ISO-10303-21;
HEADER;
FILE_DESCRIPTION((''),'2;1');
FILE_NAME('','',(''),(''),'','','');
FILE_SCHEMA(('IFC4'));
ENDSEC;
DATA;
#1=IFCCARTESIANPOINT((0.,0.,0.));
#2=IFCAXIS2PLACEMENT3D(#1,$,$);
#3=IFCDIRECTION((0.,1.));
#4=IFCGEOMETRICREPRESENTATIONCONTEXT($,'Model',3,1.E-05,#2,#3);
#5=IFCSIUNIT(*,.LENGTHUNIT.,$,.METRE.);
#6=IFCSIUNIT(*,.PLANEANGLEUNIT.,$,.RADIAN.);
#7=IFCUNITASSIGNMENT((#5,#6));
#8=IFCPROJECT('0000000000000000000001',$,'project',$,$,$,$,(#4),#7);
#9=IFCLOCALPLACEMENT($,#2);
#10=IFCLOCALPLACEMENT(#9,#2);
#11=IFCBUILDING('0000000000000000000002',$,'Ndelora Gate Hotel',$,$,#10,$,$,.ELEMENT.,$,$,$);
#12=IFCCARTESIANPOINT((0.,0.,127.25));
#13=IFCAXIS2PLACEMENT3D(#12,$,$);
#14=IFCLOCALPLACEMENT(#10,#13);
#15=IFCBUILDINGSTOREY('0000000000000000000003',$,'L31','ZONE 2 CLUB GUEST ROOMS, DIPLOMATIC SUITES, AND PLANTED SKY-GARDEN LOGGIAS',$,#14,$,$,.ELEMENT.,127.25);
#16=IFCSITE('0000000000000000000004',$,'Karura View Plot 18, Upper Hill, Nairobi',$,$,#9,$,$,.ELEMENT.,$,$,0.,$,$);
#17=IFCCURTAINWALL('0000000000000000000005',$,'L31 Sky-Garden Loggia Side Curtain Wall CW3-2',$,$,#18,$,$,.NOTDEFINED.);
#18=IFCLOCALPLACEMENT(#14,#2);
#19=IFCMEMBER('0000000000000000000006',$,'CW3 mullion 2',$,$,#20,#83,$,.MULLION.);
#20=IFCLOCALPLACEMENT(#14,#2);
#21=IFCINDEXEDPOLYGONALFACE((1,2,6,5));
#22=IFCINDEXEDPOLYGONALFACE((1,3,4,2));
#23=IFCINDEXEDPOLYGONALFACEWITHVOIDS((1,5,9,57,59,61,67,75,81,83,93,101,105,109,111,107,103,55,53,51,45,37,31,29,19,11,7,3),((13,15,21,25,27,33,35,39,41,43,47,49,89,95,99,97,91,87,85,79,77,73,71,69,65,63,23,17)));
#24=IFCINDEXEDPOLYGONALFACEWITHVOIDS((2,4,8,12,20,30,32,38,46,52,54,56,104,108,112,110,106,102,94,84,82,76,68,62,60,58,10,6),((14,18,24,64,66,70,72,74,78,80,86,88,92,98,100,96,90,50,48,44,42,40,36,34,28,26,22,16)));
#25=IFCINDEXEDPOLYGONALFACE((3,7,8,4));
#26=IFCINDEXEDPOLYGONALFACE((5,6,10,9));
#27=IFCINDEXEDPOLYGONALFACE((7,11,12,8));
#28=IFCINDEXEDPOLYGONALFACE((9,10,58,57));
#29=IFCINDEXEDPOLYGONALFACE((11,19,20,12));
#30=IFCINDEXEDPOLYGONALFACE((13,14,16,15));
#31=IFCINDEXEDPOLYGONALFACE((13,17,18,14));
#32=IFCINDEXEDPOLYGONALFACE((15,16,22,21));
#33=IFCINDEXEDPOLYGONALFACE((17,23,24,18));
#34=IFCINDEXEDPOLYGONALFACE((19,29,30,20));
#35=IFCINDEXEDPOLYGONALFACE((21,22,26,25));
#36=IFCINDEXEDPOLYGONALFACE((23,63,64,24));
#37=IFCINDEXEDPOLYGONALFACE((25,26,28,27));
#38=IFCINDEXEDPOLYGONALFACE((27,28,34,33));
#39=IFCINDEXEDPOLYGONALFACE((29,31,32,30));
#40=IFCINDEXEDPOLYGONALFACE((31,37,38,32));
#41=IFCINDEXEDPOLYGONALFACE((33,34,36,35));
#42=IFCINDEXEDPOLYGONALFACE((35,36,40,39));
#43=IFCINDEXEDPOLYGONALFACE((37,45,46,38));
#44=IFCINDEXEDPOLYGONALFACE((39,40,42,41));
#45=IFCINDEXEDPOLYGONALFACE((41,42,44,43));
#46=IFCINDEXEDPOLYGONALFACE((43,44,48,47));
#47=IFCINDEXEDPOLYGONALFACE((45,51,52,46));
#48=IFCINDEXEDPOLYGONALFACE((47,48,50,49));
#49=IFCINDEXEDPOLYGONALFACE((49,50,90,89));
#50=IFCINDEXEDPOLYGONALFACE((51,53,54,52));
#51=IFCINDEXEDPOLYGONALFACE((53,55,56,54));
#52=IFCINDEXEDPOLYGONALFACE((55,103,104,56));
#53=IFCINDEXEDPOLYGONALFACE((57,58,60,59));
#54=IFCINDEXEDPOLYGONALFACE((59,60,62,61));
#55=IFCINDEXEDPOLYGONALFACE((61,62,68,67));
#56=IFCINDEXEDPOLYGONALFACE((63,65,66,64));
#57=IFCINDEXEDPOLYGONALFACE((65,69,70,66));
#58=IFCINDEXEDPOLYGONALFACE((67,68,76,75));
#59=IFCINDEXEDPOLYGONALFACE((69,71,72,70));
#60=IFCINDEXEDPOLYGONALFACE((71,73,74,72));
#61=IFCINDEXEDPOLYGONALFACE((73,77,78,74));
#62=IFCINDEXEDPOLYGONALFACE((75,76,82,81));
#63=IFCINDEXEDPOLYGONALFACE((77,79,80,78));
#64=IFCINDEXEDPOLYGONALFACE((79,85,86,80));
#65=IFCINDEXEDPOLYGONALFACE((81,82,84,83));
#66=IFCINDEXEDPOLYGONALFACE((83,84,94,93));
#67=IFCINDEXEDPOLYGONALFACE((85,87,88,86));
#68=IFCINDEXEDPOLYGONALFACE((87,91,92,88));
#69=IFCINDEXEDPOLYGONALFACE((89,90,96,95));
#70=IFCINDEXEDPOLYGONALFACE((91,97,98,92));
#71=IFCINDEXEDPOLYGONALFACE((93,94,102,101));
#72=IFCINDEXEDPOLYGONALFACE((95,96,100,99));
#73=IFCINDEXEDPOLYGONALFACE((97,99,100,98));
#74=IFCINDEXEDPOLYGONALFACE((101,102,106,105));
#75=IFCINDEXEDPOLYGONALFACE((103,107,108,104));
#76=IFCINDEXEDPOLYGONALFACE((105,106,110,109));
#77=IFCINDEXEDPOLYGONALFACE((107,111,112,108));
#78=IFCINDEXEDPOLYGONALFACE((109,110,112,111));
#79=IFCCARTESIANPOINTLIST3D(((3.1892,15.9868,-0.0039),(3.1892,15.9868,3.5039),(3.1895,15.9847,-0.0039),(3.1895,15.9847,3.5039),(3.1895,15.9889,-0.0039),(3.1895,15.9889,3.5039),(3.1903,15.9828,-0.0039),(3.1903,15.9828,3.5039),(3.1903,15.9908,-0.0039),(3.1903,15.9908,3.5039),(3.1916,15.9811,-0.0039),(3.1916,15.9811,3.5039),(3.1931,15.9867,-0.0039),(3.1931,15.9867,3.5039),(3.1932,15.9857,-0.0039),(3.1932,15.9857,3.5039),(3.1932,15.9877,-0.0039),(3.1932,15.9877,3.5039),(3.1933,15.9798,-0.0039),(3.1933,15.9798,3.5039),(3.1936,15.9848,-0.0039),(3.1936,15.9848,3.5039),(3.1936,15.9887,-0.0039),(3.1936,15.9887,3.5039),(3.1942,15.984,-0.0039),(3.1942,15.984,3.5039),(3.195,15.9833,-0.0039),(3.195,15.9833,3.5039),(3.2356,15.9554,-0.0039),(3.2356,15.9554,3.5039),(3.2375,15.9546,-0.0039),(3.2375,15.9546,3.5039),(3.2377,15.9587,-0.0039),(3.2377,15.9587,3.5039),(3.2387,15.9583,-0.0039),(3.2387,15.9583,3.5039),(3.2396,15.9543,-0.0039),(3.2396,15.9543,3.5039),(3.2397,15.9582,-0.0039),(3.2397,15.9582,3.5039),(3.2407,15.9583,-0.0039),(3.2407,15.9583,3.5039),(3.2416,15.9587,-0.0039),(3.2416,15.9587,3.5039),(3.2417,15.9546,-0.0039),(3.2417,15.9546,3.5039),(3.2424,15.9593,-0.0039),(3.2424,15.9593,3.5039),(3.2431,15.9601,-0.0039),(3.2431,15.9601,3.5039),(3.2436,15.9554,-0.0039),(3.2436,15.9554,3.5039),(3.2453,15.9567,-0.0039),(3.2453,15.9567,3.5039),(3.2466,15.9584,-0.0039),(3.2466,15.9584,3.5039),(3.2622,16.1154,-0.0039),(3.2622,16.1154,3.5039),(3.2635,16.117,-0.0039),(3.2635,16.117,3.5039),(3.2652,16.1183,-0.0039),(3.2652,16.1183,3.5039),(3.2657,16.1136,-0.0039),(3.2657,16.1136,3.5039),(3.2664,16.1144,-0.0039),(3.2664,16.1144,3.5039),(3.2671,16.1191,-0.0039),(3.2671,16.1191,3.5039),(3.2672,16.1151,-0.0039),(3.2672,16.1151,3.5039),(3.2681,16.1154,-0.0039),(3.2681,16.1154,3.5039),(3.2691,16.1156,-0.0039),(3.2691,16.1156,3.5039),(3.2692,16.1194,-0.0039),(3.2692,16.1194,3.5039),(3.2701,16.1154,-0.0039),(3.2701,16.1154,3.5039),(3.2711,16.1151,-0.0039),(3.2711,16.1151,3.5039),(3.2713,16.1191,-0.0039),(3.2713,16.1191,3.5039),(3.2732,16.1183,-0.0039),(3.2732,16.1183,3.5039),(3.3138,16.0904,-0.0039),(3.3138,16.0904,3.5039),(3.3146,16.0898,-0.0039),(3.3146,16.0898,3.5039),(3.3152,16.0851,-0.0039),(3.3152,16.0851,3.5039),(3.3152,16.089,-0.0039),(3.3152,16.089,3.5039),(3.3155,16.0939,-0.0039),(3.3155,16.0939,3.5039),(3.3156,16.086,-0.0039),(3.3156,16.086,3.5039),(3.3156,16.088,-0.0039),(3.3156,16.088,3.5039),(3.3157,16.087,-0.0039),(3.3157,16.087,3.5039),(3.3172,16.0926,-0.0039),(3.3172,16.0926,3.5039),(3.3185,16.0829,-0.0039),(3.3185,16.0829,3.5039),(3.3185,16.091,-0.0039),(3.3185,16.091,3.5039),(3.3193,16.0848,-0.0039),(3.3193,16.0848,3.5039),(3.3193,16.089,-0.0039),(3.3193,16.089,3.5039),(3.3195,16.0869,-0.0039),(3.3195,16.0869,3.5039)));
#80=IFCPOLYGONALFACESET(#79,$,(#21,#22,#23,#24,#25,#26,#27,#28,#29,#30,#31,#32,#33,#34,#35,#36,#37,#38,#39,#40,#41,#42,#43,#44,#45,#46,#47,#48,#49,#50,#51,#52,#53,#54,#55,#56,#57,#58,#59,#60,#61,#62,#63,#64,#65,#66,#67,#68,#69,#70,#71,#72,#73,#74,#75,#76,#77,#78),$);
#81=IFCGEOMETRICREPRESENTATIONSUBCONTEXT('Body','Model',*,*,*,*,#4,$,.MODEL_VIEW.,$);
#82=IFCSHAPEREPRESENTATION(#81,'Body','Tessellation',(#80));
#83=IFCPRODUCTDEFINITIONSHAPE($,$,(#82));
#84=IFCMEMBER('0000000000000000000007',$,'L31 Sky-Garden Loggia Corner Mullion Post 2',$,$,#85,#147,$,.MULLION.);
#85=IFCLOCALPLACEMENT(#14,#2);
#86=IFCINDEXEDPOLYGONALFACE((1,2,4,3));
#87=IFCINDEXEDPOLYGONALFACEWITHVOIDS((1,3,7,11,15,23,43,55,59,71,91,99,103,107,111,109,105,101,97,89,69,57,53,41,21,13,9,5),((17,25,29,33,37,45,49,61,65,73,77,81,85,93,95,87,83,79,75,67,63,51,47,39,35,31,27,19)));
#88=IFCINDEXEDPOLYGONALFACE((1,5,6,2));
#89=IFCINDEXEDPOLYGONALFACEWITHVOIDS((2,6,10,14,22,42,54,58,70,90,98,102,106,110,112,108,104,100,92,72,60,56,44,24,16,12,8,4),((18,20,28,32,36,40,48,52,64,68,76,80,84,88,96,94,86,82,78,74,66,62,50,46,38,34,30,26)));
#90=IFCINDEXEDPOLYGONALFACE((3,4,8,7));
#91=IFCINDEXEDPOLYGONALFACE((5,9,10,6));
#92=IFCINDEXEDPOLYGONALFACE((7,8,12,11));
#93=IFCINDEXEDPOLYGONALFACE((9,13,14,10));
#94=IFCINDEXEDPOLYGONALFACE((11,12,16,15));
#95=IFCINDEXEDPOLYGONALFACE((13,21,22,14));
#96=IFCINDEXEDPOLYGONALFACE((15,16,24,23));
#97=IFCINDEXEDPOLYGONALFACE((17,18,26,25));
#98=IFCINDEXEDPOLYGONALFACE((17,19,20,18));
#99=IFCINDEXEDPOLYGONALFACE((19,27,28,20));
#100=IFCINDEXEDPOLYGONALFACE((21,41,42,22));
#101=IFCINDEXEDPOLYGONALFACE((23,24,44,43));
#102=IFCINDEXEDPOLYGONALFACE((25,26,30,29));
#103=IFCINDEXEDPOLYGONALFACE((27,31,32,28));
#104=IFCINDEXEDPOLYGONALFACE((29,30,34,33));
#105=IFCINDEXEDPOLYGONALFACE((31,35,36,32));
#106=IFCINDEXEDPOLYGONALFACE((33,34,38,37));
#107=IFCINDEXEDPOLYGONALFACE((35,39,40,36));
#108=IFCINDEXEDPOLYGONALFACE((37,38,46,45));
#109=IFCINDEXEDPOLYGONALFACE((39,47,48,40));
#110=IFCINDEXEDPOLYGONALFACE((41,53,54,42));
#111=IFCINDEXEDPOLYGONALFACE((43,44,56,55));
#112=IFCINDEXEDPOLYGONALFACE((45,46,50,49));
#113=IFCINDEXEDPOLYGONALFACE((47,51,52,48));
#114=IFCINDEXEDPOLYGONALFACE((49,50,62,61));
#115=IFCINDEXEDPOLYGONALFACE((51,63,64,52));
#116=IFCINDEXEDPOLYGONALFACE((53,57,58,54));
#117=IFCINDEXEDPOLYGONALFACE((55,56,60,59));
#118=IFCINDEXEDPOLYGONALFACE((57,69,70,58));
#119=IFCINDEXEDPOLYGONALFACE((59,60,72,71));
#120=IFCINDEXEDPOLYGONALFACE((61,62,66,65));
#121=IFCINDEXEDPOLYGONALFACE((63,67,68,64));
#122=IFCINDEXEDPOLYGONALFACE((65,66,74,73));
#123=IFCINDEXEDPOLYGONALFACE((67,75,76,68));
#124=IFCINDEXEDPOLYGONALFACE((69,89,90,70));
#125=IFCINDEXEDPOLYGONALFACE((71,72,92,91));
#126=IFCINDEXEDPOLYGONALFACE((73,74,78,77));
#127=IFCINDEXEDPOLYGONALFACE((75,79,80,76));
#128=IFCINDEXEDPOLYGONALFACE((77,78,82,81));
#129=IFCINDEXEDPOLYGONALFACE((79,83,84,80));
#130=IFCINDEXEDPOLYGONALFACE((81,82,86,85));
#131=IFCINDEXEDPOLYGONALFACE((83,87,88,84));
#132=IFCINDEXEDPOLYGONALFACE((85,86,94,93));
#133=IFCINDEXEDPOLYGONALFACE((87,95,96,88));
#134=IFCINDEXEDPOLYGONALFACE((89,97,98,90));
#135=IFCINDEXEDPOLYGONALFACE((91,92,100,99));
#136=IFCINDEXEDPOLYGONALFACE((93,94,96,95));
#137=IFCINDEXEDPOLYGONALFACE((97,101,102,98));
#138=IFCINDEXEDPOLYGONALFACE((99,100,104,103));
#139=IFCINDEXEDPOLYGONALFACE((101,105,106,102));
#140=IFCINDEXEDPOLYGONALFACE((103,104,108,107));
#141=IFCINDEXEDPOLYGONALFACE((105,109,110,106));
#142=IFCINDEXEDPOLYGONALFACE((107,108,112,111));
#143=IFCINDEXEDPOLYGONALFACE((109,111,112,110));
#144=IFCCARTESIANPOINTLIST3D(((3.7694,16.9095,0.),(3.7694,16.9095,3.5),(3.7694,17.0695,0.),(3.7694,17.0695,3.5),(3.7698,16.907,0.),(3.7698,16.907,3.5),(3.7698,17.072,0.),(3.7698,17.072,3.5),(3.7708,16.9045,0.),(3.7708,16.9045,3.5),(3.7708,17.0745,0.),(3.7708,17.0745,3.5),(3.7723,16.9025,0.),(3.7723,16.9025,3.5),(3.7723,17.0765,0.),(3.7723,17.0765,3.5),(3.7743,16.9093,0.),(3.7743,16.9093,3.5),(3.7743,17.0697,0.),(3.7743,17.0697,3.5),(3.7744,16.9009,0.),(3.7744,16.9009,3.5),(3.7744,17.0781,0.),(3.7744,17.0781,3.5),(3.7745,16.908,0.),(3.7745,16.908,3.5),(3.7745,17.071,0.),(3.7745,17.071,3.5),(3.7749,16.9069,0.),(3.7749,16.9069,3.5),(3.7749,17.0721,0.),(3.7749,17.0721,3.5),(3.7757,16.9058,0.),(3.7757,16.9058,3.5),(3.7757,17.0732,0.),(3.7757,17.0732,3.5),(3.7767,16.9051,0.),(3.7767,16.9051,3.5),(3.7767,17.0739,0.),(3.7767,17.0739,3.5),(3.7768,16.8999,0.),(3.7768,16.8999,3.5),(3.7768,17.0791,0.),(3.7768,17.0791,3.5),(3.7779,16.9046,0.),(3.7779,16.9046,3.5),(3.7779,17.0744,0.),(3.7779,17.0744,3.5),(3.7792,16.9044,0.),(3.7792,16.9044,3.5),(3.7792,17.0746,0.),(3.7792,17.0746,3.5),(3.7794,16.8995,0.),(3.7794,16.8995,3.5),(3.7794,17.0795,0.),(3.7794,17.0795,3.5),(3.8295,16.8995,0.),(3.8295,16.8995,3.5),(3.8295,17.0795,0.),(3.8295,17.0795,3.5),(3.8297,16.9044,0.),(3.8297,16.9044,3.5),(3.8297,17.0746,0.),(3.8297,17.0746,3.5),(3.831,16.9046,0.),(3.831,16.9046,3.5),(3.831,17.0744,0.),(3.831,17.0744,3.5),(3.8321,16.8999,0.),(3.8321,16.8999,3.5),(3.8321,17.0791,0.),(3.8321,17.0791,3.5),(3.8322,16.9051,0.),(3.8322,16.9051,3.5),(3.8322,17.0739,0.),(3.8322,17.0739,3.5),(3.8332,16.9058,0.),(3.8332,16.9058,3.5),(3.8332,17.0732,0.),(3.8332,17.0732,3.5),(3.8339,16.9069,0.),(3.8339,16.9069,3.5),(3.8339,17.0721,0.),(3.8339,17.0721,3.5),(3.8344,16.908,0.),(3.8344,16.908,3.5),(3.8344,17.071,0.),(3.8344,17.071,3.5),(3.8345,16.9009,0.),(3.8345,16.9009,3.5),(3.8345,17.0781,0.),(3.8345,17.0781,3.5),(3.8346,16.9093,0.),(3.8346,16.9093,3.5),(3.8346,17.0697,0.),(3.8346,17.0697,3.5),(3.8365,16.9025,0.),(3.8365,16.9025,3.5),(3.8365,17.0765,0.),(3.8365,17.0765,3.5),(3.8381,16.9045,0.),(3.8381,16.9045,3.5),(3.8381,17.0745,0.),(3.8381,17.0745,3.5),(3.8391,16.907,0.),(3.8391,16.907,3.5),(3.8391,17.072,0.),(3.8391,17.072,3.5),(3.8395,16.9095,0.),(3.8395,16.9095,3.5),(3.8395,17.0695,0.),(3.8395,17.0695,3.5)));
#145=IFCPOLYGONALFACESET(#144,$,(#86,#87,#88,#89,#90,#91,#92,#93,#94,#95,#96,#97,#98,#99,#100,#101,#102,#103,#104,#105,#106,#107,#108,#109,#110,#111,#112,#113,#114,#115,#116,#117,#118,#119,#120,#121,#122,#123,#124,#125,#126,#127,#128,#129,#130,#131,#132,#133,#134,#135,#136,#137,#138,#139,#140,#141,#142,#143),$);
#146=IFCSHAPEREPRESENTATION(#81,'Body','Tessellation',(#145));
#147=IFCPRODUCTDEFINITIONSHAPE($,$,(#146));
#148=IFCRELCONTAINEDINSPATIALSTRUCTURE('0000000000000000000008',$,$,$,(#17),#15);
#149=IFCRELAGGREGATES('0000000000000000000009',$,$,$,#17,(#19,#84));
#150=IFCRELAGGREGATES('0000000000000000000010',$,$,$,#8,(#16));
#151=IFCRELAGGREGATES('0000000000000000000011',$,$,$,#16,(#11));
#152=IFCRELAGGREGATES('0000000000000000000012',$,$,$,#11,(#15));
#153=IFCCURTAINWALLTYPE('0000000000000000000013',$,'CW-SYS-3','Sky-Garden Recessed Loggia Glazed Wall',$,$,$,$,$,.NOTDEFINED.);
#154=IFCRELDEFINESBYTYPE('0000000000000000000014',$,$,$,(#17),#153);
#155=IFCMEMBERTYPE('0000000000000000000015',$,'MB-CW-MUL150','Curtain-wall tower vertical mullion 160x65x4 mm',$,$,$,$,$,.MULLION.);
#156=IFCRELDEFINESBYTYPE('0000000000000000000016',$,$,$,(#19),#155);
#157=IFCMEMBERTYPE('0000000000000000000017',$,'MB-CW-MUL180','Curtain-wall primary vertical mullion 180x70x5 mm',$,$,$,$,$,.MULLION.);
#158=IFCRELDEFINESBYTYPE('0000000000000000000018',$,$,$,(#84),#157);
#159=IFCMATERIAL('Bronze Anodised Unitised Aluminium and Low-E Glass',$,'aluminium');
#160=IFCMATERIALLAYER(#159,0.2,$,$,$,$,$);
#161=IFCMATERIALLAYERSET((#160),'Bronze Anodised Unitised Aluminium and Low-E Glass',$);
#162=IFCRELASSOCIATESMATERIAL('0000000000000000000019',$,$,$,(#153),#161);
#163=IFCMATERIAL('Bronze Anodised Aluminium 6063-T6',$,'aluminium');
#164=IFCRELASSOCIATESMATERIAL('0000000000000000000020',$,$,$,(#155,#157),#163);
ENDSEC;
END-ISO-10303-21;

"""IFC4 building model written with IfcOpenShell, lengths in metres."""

from ifc_helpers import new_model, si_unit, direction, frame, origin, origin_2d, place, context, subcontext, project, spatial, hollow_rectangle, extrude, material, layer, layer_set, material_profile, profile_set, type_object, element, aggregate, save


model = new_model("IFC4")

# Units and contexts
model_context = context("Model", 3, precision=1e-05, world=origin(), true_north=direction((0.0, 1.0)))
body_context = subcontext(model_context, "Body", "Model", "MODEL_VIEW")
ifc_project = project(units=[si_unit("LENGTHUNIT", "METRE"), si_unit("PLANEANGLEUNIT", "RADIAN")], contexts=[model_context])

# Site, building, storey
site_placement = place(None, origin())
site = spatial("IfcSite", under=ifc_project, at=site_placement, Name="Karura View Plot 18, Upper Hill, Nairobi", CompositionType="ELEMENT", RefElevation=0.0)
building_placement = place(site_placement, origin())
building = spatial("IfcBuilding", under=site, at=building_placement, Name="Ndelora Gate Hotel", CompositionType="ELEMENT")
storey_placement = place(building_placement, frame((0.0, 0.0, 127.25)))
storey = spatial("IfcBuildingStorey", under=building, at=storey_placement, Name="L31", Description="ZONE 2 CLUB GUEST ROOMS, DIPLOMATIC SUITES, AND PLANTED SKY-GARDEN LOGGIAS", CompositionType="ELEMENT", Elevation=127.25)

# Curtain wall, members
ifc_material_1 = material(Name="Bronze Anodised Unitised Aluminium and Low-E Glass", Category="aluminium")
ifc_layer_1 = layer(ifc_material_1, 0.2)
ifc_layer_set_1 = layer_set([ifc_layer_1], Name="Bronze Anodised Unitised Aluminium and Low-E Glass")
curtain_wall_type = type_object("IfcCurtainWallType", Name="CW-SYS-3", Description="Sky-Garden Recessed Loggia Glazed Wall", PredefinedType="NOTDEFINED", material=ifc_layer_set_1)
curtain_wall_placement = place(storey_placement, origin())
curtain_wall = element("IfcCurtainWall", 1, at=curtain_wall_placement, inside=storey, type_object=curtain_wall_type, Name="L31 Sky-Garden Loggia Side Curtain Wall CW3-2", PredefinedType="NOTDEFINED")
ifc_material_2 = material(Name="Bronze Anodised Aluminium 6063-T6", Category="aluminium")
ifc_material_profile_1 = material_profile(ifc_material_2, hollow_rectangle(XDim=0.0649, YDim=0.1599, WallThickness=0.0039, InnerFilletRadius=0.0039, OuterFilletRadius=0.0081, at=origin_2d()), Name="ALU 160x65x4")
ifc_profile_set_1 = profile_set([ifc_material_profile_1], Name="Bronze Anodised Aluminium 6063-T6")
member_type_1 = type_object("IfcMemberType", Name="MB-CW-MUL150", Description="Curtain-wall tower vertical mullion 160x65x4 mm", PredefinedType="MULLION", material=ifc_profile_set_1)
member_1_placement = place(storey_placement, frame((3.2544, 16.0369, -0.0039), z_axis=(0.0, 0.0, 1.0), x_axis=(0.866019, -0.500011, 0.0)))
member_1 = element("IfcMember", 2, at=member_1_placement, type_object=member_type_1, Name="CW3 mullion 2", PredefinedType="MULLION", context=body_context, shape_type="SweptSolid", body=[
    extrude(hollow_rectangle(XDim=0.0649, YDim=0.1599, WallThickness=0.0039, InnerFilletRadius=0.0039, OuterFilletRadius=0.0081, at=origin_2d()), origin(), (0.0, 0.0, 1.0), 3.5078),
])
ifc_material_profile_2 = material_profile(ifc_material_2, hollow_rectangle(XDim=0.0701, YDim=0.1799, WallThickness=0.0049, InnerFilletRadius=0.0049, OuterFilletRadius=0.01, at=origin_2d()), Name="ALU 180x70x5")
ifc_profile_set_2 = profile_set([ifc_material_profile_2], Name="Bronze Anodised Aluminium 6063-T6")
member_type_2 = type_object("IfcMemberType", Name="MB-CW-MUL180", Description="Curtain-wall primary vertical mullion 180x70x5 mm", PredefinedType="MULLION", material=ifc_profile_set_2)
member_2_placement = place(storey_placement, frame((3.8044, 16.9895, 0.0), z_axis=(0.0, 0.0, 1.0), x_axis=(1.0, 0.0, 0.0)))
member_2 = element("IfcMember", 3, at=member_2_placement, type_object=member_type_2, Name="L31 Sky-Garden Loggia Corner Mullion Post 2", PredefinedType="MULLION", context=body_context, shape_type="SweptSolid", body=[
    extrude(hollow_rectangle(XDim=0.0701, YDim=0.1799, WallThickness=0.0049, InnerFilletRadius=0.0049, OuterFilletRadius=0.01, at=origin_2d()), origin(), (0.0, 0.0, 1.0), 3.5),
])
aggregate(curtain_wall, [member_1, member_2])

save(model, "model.ifc")
